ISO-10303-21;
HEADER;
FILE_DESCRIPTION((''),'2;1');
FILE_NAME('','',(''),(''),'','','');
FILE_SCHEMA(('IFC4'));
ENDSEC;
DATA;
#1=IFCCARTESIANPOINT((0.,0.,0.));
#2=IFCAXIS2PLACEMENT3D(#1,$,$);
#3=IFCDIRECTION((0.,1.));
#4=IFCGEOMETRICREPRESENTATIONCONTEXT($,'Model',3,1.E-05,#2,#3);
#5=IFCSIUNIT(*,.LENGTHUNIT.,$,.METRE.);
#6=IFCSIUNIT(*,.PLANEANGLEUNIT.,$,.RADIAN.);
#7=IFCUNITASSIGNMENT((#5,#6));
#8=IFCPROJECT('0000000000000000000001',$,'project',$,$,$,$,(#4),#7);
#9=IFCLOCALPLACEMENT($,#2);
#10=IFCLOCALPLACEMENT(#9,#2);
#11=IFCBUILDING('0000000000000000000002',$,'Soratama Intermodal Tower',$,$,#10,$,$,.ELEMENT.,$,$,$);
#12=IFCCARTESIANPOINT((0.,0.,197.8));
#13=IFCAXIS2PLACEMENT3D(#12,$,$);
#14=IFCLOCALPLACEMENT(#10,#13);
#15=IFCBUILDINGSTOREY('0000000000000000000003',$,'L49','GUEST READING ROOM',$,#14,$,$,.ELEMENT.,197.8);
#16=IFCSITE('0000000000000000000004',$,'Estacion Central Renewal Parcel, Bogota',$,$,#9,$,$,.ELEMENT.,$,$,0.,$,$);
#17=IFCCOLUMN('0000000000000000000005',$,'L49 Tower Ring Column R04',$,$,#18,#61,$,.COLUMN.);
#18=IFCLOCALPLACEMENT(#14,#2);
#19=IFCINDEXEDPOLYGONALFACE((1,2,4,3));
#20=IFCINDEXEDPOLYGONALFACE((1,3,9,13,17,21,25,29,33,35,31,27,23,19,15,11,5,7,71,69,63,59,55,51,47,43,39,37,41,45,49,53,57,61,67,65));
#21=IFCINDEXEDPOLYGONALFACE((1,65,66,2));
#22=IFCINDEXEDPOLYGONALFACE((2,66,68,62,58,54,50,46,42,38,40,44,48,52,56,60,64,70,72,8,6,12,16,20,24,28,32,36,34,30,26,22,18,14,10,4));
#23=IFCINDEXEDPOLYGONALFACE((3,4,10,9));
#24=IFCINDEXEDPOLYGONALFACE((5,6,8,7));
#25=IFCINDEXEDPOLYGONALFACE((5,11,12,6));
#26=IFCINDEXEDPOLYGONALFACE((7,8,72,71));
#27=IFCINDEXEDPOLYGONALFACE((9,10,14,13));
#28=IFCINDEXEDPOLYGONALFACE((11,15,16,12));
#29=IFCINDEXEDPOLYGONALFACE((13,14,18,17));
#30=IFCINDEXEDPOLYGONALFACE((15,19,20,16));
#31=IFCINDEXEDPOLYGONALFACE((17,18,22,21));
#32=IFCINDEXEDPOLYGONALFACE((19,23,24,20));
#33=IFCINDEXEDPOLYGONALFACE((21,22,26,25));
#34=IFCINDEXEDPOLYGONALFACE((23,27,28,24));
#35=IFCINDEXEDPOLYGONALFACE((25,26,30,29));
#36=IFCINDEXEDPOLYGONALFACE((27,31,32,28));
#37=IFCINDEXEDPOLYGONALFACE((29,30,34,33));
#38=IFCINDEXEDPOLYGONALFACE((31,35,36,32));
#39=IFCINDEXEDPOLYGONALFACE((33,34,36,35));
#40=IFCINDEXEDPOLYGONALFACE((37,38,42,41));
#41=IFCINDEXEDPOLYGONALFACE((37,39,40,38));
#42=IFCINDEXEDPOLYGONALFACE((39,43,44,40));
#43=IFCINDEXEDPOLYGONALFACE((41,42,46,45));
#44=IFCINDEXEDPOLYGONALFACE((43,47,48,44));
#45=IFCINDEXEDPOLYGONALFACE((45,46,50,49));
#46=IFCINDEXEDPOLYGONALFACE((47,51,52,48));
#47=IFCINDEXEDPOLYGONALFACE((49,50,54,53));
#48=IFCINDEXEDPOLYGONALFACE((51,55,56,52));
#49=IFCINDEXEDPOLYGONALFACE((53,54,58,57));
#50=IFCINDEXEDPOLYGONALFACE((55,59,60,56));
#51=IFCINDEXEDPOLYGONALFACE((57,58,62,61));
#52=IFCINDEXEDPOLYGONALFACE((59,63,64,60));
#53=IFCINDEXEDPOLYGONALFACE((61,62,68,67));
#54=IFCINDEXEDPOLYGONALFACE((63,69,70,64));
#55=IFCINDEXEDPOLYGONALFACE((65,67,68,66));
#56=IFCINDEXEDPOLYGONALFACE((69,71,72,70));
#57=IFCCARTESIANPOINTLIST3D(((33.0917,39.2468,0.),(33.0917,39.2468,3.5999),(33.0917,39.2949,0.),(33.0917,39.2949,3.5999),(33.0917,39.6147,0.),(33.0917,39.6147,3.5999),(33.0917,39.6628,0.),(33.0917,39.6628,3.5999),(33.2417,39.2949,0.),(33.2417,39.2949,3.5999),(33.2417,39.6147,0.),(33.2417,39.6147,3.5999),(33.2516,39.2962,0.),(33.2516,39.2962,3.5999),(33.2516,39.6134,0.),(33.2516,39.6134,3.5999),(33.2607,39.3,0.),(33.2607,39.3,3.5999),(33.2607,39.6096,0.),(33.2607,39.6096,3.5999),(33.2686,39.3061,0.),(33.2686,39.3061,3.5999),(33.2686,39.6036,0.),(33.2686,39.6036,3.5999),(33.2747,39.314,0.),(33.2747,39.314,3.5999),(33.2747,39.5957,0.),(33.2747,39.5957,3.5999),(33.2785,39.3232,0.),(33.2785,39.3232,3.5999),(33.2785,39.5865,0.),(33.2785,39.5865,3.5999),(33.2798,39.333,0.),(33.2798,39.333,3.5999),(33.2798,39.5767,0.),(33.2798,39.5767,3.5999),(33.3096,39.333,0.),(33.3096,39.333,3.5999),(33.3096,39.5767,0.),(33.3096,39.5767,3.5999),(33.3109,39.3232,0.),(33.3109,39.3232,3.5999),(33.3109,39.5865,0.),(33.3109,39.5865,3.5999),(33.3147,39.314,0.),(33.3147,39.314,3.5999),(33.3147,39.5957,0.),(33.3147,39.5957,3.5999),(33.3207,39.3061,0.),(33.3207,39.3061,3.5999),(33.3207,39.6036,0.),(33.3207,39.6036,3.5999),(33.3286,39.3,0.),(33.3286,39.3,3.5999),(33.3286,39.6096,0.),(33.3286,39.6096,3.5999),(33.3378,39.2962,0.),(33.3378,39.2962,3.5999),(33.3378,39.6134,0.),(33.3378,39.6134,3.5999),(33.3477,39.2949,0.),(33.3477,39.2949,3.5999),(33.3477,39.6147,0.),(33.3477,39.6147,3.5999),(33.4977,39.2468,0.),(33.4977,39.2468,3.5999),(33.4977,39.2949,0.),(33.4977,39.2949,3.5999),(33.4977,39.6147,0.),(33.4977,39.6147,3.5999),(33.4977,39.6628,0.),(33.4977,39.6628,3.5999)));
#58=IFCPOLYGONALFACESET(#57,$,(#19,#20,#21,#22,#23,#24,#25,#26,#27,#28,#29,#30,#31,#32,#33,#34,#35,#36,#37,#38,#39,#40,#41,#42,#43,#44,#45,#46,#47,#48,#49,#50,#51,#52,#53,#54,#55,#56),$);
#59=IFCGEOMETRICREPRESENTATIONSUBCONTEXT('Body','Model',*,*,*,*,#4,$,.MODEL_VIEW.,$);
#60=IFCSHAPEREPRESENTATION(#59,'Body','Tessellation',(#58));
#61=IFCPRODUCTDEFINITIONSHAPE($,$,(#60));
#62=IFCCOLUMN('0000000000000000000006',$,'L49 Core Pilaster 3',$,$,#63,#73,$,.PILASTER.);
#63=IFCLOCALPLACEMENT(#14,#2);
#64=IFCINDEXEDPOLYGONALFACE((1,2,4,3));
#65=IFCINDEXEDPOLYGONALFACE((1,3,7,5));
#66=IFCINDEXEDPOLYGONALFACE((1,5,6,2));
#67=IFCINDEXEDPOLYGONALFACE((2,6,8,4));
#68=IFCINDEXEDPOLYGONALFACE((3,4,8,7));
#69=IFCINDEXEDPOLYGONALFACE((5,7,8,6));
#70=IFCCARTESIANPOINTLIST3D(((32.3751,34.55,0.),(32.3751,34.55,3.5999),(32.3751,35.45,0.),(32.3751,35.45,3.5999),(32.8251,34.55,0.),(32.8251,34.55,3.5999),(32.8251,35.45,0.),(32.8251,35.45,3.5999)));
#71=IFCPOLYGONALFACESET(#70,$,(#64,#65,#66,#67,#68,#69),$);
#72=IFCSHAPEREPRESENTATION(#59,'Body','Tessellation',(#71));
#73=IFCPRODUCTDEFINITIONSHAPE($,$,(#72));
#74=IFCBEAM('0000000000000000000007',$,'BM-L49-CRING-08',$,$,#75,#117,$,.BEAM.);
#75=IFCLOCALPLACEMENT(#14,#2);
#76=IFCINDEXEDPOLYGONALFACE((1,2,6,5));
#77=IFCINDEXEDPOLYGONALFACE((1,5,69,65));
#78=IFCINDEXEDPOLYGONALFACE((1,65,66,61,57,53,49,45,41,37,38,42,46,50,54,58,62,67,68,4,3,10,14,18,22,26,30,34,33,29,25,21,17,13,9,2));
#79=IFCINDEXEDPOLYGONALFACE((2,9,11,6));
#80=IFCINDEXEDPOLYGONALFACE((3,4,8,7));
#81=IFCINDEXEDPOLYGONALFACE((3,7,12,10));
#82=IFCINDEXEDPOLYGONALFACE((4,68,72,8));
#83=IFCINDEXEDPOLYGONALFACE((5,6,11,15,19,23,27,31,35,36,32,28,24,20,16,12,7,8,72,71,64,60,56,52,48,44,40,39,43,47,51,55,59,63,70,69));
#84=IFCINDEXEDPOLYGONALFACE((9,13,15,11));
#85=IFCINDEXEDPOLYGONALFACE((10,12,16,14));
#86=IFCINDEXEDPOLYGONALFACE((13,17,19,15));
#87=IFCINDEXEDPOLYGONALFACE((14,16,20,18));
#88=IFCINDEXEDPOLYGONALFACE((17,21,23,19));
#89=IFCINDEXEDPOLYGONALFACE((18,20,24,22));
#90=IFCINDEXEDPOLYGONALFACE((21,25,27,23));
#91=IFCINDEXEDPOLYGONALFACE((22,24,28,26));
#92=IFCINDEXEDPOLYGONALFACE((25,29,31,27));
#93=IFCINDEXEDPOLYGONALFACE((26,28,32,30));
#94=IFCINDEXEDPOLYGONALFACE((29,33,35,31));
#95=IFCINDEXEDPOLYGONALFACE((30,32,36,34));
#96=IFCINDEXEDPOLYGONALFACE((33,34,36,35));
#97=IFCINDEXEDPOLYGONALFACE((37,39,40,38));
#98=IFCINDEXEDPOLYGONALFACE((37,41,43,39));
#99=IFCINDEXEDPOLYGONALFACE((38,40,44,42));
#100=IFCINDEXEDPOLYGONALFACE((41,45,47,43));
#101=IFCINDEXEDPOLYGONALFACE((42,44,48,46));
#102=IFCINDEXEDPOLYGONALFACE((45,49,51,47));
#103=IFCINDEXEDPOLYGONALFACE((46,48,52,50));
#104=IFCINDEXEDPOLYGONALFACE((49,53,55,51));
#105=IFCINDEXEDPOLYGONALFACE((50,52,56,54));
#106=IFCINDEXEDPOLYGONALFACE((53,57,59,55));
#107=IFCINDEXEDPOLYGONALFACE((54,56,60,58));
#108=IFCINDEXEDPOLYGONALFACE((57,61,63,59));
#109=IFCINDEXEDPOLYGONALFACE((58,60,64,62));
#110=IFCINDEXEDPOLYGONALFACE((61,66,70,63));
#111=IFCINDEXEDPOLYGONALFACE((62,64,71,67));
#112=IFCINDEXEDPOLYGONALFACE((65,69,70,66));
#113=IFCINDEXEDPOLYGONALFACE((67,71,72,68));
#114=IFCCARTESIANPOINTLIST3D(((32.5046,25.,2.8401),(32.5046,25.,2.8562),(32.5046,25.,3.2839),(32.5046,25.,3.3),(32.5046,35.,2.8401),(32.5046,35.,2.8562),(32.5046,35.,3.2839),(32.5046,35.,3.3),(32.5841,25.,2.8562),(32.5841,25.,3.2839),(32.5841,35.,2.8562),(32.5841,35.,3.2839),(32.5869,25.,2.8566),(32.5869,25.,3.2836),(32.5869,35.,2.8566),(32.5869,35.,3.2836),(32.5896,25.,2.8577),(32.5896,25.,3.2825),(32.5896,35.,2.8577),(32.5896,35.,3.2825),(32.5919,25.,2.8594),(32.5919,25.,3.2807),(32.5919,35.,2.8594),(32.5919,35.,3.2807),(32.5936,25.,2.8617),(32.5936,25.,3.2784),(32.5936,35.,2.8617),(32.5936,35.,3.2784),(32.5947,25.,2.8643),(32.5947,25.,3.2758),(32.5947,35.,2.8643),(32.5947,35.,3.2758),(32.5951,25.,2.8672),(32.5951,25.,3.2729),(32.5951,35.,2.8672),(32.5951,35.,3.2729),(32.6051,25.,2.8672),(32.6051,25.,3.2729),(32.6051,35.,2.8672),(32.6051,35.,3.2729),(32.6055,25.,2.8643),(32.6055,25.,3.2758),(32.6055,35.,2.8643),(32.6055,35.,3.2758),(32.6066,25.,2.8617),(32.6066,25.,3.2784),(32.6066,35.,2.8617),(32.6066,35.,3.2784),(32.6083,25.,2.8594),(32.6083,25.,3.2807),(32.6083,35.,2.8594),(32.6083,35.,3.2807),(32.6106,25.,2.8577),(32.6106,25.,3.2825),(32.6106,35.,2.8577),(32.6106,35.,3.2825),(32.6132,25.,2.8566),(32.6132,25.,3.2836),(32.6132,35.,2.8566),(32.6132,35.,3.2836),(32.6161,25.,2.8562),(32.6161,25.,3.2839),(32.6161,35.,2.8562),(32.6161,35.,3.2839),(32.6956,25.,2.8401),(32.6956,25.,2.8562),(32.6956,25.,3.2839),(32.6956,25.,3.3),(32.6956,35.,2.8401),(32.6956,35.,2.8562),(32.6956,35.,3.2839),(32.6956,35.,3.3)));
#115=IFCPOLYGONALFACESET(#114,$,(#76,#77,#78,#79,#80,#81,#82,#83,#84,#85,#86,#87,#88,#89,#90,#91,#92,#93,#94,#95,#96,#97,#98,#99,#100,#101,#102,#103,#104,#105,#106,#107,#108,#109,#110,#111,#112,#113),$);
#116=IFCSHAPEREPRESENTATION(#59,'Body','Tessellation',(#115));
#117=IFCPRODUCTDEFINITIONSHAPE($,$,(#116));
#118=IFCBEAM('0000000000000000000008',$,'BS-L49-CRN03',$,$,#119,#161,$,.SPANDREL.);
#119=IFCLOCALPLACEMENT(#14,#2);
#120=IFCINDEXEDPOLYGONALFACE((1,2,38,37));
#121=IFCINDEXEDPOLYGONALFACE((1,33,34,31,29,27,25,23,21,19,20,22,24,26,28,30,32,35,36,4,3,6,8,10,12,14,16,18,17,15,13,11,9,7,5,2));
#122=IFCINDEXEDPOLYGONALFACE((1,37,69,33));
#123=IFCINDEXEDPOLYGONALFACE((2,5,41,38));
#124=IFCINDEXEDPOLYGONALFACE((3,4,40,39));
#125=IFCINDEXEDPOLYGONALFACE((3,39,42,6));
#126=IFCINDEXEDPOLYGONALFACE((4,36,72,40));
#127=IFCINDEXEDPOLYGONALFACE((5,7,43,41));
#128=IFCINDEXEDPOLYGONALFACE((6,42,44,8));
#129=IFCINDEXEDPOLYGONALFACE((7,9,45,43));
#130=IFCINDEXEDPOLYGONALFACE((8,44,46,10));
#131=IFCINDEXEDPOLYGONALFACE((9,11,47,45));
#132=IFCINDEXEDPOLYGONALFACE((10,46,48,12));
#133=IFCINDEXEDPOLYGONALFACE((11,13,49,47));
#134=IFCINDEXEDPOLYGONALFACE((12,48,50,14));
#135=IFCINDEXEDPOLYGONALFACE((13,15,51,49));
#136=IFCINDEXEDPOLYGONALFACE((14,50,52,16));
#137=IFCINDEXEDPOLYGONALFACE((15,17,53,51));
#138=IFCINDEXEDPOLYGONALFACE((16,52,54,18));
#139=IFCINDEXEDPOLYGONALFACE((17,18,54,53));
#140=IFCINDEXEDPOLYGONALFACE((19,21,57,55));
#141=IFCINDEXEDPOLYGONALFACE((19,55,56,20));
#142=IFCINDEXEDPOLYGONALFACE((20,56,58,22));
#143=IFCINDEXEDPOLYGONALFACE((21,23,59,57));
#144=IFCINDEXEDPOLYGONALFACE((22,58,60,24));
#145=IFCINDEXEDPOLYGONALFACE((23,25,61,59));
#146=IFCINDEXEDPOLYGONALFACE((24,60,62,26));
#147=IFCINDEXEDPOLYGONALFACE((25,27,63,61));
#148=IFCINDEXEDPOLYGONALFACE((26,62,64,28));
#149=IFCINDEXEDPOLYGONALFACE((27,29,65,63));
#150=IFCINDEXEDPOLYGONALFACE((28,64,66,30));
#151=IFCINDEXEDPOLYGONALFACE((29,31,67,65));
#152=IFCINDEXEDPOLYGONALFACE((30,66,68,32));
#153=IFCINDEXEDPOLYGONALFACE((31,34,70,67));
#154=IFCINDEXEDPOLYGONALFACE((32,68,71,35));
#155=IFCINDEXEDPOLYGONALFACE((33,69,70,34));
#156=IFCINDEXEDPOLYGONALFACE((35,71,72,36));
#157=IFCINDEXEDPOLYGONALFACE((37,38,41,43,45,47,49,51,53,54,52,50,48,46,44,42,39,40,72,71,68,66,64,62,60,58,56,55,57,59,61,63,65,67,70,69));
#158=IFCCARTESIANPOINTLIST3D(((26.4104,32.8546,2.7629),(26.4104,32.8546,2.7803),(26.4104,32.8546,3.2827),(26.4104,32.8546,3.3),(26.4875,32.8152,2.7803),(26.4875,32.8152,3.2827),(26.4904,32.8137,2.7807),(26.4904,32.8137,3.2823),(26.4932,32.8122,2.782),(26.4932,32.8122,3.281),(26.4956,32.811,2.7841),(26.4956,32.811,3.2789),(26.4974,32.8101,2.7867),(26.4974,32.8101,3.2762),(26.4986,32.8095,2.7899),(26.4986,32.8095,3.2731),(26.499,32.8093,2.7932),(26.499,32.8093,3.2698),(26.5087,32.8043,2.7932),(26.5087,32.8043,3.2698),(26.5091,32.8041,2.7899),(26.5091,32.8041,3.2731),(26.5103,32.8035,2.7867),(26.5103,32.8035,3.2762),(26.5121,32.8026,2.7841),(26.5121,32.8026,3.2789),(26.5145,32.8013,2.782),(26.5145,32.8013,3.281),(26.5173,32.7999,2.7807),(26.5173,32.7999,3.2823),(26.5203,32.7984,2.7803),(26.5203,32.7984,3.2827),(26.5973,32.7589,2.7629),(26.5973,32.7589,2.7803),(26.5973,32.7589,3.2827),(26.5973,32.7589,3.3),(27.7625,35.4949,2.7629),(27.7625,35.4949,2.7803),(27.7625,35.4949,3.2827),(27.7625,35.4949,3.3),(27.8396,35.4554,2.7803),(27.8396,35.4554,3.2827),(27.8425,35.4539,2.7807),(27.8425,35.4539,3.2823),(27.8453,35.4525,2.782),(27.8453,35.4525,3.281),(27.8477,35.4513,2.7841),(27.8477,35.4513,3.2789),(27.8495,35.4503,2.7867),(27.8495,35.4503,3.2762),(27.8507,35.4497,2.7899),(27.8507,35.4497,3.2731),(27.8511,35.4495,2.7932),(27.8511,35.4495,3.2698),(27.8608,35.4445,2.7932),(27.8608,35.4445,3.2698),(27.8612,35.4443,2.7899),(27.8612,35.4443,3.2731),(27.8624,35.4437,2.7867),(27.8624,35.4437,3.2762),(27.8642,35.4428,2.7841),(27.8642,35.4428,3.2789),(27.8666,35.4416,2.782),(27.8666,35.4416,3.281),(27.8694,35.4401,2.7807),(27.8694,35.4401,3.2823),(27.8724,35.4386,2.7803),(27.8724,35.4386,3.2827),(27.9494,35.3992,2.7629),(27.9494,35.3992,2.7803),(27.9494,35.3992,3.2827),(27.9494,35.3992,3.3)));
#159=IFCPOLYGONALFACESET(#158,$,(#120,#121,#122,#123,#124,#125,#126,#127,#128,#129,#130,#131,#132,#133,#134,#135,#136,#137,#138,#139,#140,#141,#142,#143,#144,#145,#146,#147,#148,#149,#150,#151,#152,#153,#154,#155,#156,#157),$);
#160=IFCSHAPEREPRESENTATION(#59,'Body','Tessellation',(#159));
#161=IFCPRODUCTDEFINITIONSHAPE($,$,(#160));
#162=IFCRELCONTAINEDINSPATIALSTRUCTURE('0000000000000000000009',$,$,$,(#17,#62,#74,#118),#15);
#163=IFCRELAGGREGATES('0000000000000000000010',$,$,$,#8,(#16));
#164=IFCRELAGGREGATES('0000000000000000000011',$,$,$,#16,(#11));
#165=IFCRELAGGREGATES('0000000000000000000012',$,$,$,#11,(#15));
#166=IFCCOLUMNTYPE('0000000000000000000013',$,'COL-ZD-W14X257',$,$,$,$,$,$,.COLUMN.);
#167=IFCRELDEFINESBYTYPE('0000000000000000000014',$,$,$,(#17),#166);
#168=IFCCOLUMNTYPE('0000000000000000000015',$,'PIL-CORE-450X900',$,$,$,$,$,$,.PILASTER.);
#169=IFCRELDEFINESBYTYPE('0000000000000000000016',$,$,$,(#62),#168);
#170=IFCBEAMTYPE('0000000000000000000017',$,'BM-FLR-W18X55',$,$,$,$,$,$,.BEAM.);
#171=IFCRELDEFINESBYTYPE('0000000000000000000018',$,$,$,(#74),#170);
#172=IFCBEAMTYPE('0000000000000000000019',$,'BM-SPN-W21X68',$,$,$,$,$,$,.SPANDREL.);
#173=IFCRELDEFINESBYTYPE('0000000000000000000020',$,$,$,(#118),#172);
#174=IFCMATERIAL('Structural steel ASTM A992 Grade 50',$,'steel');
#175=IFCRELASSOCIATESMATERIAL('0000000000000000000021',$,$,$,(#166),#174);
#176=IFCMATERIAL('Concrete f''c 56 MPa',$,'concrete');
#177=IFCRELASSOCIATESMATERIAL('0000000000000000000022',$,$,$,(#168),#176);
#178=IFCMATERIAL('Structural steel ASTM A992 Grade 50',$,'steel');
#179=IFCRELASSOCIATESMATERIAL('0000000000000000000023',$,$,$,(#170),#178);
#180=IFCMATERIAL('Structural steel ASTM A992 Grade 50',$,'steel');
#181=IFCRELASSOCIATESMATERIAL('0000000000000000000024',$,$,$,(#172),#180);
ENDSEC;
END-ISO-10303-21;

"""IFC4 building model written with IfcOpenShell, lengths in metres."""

from ifc_helpers import new_model, si_unit, direction, frame, origin, origin_2d, place, context, subcontext, project, spatial, rectangle, i_section, extrude, material, material_profile, profile_set, type_object, element, save


model = new_model("IFC4")

# Units and contexts
model_context = context("Model", 3, precision=1e-05, world=origin(), true_north=direction((0.0, 1.0)))
body_context = subcontext(model_context, "Body", "Model", "MODEL_VIEW")
ifc_project = project(units=[si_unit("LENGTHUNIT", "METRE"), si_unit("PLANEANGLEUNIT", "RADIAN")], contexts=[model_context])

# Site, building, storey
site_placement = place(None, origin())
site = spatial("IfcSite", under=ifc_project, at=site_placement, Name="Estacion Central Renewal Parcel, Bogota", CompositionType="ELEMENT", RefElevation=0.0)
building_placement = place(site_placement, origin())
building = spatial("IfcBuilding", under=site, at=building_placement, Name="Soratama Intermodal Tower", CompositionType="ELEMENT")
storey_placement = place(building_placement, frame((0.0, 0.0, 197.8)))
storey = spatial("IfcBuildingStorey", under=building, at=storey_placement, Name="L49", Description="GUEST READING ROOM", CompositionType="ELEMENT", Elevation=197.8)

# Columns
ifc_material_1 = material(Name="Structural steel ASTM A992 Grade 50", Category="steel")
ifc_material_profile_1 = material_profile(ifc_material_1, i_section(OverallWidth=0.406, OverallDepth=0.416, WebThickness=0.0298, FlangeThickness=0.0481, FilletRadius=0.0381, at=origin_2d()), Name="W14X257")
ifc_profile_set_1 = profile_set([ifc_material_profile_1], Name="Structural steel ASTM A992 Grade 50")
column_type_1 = type_object("IfcColumnType", Name="COL-ZD-W14X257", PredefinedType="COLUMN", material=ifc_profile_set_1)
column_1_placement = place(storey_placement, frame((33.2947, 39.4548, 0.0), z_axis=(0.0, 0.0, 1.0), x_axis=(1.0, 0.0, 0.0)))
element("IfcColumn", 1, at=column_1_placement, inside=storey, type_object=column_type_1, Name="L49 Tower Ring Column R04", PredefinedType="COLUMN", context=body_context, shape_type="SweptSolid", body=[
    extrude(i_section(OverallWidth=0.406, OverallDepth=0.416, WebThickness=0.0298, FlangeThickness=0.0481, FilletRadius=0.0381, at=origin_2d()), origin(), (0.0, 0.0, 1.0), 3.5999),
])
ifc_material_2 = material(Name="Concrete f'c 56 MPa", Category="concrete")
ifc_material_profile_2 = material_profile(ifc_material_2, rectangle(XDim=0.45, YDim=0.8999, at=origin_2d()), Name="RC450X900")
ifc_profile_set_2 = profile_set([ifc_material_profile_2], Name="Concrete f'c 56 MPa")
column_type_2 = type_object("IfcColumnType", Name="PIL-CORE-450X900", PredefinedType="PILASTER", material=ifc_profile_set_2)
column_2_placement = place(storey_placement, frame((32.6001, 35.0, 0.0), z_axis=(0.0, 0.0, 1.0), x_axis=(1.0, 0.0, 0.0)))
element("IfcColumn", 2, at=column_2_placement, inside=storey, type_object=column_type_2, Name="L49 Core Pilaster 3", PredefinedType="PILASTER", context=body_context, shape_type="SweptSolid", body=[
    extrude(rectangle(XDim=0.45, YDim=0.8999, at=origin_2d()), origin(), (0.0, 0.0, 1.0), 3.5999),
])

# Beams
ifc_material_3 = material(Name="Structural steel ASTM A992 Grade 50", Category="steel")
ifc_material_profile_3 = material_profile(ifc_material_3, i_section(OverallWidth=0.1909, OverallDepth=0.46, WebThickness=0.01, FlangeThickness=0.0161, FilletRadius=0.011, at=origin_2d()), Name="W18X55")
ifc_profile_set_3 = profile_set([ifc_material_profile_3], Name="Structural steel ASTM A992 Grade 50")
beam_type_1 = type_object("IfcBeamType", Name="BM-FLR-W18X55", PredefinedType="BEAM", material=ifc_profile_set_3)
beam_1_placement = place(storey_placement, frame((32.6001, 35.0, 3.0701), z_axis=(0.0, -1.0, 0.0), x_axis=(1.0, 0.0, 0.0)))
element("IfcBeam", 3, at=beam_1_placement, inside=storey, type_object=beam_type_1, Name="BM-L49-CRING-08", PredefinedType="BEAM", context=body_context, shape_type="SweptSolid", body=[
    extrude(i_section(OverallWidth=0.1909, OverallDepth=0.46, WebThickness=0.01, FlangeThickness=0.0161, FilletRadius=0.011, at=origin_2d()), origin(), (0.0, 0.0, 1.0), 10.0),
])
ifc_material_4 = material(Name="Structural steel ASTM A992 Grade 50", Category="steel")
ifc_material_profile_4 = material_profile(ifc_material_4, i_section(OverallWidth=0.21, OverallDepth=0.5371, WebThickness=0.011, FlangeThickness=0.0173, FilletRadius=0.0129, at=origin_2d()), Name="W21X68")
ifc_profile_set_4 = profile_set([ifc_material_profile_4], Name="Structural steel ASTM A992 Grade 50")
beam_type_2 = type_object("IfcBeamType", Name="BM-SPN-W21X68", PredefinedType="SPANDREL", material=ifc_profile_set_4)
beam_2_placement = place(storey_placement, frame((27.856, 35.447, 3.0315), z_axis=(-0.455819, -0.890073, 0.0), x_axis=(0.890073, -0.455819, 0.0)))
element("IfcBeam", 4, at=beam_2_placement, inside=storey, type_object=beam_type_2, Name="BS-L49-CRN03", PredefinedType="SPANDREL", context=body_context, shape_type="SweptSolid", body=[
    extrude(i_section(OverallWidth=0.21, OverallDepth=0.5371, WebThickness=0.011, FlangeThickness=0.0173, FilletRadius=0.0129, at=origin_2d()), origin(), (0.0, 0.0, 1.0), 2.9663),
])

save(model, "model.ifc")
